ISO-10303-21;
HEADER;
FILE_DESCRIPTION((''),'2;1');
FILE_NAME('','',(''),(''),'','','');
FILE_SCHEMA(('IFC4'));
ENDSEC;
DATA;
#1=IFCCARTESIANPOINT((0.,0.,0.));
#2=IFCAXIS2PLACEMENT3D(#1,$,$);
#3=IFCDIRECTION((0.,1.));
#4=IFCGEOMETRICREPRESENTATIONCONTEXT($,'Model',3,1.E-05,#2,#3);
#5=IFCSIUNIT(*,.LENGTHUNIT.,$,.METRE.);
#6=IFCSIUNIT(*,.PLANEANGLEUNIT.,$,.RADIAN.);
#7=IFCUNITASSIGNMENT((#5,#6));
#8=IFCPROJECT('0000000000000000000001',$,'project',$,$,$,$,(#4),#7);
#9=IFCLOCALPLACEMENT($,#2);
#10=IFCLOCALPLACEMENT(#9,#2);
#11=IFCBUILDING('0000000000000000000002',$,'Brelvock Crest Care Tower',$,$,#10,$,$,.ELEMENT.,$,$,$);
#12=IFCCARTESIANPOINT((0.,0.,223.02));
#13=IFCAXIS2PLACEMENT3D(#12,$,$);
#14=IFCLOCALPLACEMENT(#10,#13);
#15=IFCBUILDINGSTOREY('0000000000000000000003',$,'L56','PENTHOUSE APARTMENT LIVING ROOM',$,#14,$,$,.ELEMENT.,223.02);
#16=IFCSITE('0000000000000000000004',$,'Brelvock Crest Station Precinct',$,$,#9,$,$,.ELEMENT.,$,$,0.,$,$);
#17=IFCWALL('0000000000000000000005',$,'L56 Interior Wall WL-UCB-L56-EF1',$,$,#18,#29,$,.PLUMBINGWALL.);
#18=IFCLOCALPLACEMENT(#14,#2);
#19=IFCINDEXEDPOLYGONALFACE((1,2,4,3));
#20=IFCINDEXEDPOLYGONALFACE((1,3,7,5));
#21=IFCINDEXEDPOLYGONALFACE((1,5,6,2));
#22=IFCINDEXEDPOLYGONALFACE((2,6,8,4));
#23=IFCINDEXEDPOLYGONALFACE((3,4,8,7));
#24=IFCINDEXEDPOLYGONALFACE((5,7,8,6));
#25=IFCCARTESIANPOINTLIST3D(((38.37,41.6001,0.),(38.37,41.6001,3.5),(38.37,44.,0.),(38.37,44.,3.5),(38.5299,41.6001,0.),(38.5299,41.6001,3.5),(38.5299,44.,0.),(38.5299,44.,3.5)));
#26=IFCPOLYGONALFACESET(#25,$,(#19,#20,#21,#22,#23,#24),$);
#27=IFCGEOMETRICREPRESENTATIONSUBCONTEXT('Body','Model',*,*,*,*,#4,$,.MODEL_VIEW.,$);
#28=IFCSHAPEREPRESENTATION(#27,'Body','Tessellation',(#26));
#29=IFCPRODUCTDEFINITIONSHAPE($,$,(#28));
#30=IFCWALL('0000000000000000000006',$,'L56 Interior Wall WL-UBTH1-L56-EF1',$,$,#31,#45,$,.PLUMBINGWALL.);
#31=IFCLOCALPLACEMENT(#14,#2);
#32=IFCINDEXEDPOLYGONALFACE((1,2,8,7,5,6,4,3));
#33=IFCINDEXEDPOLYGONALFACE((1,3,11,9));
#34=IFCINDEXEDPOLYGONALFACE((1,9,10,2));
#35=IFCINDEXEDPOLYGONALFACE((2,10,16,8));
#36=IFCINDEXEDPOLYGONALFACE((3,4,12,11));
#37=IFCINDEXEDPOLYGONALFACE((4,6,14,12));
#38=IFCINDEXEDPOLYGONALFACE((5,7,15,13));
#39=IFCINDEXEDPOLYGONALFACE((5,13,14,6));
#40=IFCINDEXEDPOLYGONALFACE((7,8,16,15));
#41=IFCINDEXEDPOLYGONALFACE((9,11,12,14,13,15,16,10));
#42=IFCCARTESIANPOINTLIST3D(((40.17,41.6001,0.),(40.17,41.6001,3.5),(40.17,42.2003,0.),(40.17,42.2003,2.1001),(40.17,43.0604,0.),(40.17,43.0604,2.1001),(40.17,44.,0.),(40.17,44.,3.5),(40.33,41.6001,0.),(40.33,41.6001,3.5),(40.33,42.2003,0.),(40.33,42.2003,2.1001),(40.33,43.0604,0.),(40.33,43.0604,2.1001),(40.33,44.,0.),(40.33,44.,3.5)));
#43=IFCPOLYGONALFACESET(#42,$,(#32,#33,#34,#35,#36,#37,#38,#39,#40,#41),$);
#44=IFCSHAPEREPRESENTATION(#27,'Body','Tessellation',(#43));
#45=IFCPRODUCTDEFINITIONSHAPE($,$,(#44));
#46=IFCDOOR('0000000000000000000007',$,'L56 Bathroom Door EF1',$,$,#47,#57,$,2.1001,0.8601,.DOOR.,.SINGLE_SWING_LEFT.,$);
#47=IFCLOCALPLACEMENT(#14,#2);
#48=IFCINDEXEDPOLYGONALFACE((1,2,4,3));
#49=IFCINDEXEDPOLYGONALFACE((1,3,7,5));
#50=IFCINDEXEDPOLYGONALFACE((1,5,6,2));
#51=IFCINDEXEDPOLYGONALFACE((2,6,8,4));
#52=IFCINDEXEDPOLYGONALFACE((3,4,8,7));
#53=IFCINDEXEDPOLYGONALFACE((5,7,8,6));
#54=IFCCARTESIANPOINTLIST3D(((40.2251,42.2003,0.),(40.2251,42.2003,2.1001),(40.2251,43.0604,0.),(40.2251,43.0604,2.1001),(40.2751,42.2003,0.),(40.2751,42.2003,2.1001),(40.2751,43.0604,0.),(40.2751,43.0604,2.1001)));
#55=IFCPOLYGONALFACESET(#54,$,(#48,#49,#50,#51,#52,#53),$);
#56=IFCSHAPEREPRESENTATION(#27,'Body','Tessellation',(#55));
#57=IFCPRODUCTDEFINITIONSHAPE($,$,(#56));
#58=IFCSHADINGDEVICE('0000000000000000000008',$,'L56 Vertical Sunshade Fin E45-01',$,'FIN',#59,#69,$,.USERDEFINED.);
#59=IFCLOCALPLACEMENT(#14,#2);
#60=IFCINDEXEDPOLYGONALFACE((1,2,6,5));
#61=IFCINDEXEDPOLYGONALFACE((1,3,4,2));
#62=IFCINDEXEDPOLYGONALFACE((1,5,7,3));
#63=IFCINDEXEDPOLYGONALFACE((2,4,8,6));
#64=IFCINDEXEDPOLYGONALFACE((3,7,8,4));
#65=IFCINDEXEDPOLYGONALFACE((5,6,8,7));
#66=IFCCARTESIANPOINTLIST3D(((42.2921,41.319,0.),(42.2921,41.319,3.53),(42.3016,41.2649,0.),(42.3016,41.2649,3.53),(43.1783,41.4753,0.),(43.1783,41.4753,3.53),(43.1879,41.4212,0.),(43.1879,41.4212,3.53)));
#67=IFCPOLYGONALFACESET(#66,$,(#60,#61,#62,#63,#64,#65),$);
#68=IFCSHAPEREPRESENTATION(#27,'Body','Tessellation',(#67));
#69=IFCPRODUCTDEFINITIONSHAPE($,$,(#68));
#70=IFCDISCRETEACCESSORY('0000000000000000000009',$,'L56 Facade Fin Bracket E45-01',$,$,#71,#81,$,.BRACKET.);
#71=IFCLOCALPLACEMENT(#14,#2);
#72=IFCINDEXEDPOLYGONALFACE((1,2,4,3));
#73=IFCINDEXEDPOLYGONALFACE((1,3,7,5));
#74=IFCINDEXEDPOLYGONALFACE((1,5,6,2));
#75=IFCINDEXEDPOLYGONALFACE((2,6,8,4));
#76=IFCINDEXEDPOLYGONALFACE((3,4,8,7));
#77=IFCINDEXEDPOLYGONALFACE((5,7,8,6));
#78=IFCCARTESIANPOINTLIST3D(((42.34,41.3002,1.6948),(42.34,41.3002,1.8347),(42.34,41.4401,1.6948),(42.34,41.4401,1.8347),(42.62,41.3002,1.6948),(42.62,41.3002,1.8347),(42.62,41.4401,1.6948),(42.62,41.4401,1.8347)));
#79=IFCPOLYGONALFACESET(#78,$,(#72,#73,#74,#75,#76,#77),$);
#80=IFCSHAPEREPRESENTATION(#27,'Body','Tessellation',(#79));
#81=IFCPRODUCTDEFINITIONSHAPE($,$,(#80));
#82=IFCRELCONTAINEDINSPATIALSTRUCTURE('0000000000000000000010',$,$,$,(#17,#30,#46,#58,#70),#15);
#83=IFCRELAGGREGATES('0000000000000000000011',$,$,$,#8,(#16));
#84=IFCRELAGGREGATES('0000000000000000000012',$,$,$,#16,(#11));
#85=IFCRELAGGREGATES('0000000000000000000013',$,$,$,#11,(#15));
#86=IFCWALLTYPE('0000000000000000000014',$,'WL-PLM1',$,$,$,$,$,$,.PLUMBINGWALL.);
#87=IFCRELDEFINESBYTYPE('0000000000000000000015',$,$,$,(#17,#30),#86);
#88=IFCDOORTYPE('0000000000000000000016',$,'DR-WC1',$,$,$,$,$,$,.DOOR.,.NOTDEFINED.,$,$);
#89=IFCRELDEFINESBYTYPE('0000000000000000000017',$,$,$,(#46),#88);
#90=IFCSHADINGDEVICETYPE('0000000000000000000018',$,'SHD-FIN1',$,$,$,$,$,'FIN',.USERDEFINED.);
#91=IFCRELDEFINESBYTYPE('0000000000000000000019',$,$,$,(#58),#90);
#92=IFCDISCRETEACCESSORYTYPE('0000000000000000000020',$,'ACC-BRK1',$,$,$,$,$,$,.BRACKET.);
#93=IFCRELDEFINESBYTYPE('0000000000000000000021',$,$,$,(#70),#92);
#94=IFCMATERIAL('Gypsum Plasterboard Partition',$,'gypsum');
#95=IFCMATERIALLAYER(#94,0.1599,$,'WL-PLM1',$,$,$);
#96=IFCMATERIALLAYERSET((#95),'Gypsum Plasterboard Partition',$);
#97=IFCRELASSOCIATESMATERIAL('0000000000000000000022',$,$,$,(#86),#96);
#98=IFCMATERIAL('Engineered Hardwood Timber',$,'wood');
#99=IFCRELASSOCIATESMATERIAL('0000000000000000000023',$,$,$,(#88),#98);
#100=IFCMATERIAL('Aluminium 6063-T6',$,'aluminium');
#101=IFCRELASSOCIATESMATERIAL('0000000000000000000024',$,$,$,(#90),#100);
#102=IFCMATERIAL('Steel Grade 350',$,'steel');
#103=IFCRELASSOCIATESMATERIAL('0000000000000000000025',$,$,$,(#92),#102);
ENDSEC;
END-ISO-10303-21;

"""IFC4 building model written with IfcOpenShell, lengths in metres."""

from ifc_helpers import new_model, si_unit, direction, frame, frame_2d, origin, origin_2d, place, context, subcontext, project, spatial, rectangle, extrude, source, transform, mapped, material, layer, layer_set, material_profile, profile_set, type_object, element, fill, save


model = new_model("IFC4")

# Units and contexts
model_context = context("Model", 3, precision=1e-05, world=origin(), true_north=direction((0.0, 1.0)))
body_context = subcontext(model_context, "Body", "Model", "MODEL_VIEW")
ifc_project = project(units=[si_unit("LENGTHUNIT", "METRE"), si_unit("PLANEANGLEUNIT", "RADIAN")], contexts=[model_context])

# Site, building, storey
site_placement = place(None, origin())
site = spatial("IfcSite", under=ifc_project, at=site_placement, Name="Brelvock Crest Station Precinct", CompositionType="ELEMENT", RefElevation=0.0)
building_placement = place(site_placement, origin())
building = spatial("IfcBuilding", under=site, at=building_placement, Name="Brelvock Crest Care Tower", CompositionType="ELEMENT")
storey_placement = place(building_placement, frame((0.0, 0.0, 223.02)))
storey = spatial("IfcBuildingStorey", under=building, at=storey_placement, Name="L56", Description="PENTHOUSE APARTMENT LIVING ROOM", CompositionType="ELEMENT", Elevation=223.02)

# Shared definitions
ifc_material_1 = material(Name="Steel Grade 350", Category="steel")

# Shared definitions
ifc_material_2 = material(Name="Aluminium 6063-T6", Category="aluminium")

# Shared definitions
ifc_material_3 = material(Name="Engineered Hardwood Timber", Category="wood")

# Wall
ifc_material_4 = material(Name="Gypsum Plasterboard Partition", Category="gypsum")
ifc_layer_1 = layer(ifc_material_4, 0.1599, Name="WL-PLM1")
ifc_layer_set_1 = layer_set([ifc_layer_1], Name="Gypsum Plasterboard Partition")
wall_type_1 = type_object("IfcWallType", Name="WL-PLM1", PredefinedType="PLUMBINGWALL", material=ifc_layer_set_1)
wall_1_placement = place(storey_placement, frame((38.45, 41.6001, 0.0), z_axis=(0.0, 0.0, 1.0), x_axis=(0.0, 1.0, 0.0)))
element("IfcWall", 1, at=wall_1_placement, inside=storey, type_object=wall_type_1, Name="L56 Interior Wall WL-UCB-L56-EF1", PredefinedType="PLUMBINGWALL", context=body_context, shape_type="SweptSolid", body=[
    extrude(rectangle(XDim=2.3999, YDim=0.1599, at=frame_2d((1.2, 0.0))), origin(), (0.0, 0.0, 1.0), 3.5),
])

# Wall, opening, door
wall_2_placement = place(storey_placement, frame((40.25, 41.6001, 0.0), z_axis=(0.0, 0.0, 1.0), x_axis=(0.0, 1.0, 0.0)))
wall_2 = element("IfcWall", 2, at=wall_2_placement, inside=storey, type_object=wall_type_1, Name="L56 Interior Wall WL-UBTH1-L56-EF1", PredefinedType="PLUMBINGWALL", context=body_context, shape_type="SweptSolid", body=[
    extrude(rectangle(XDim=2.3999, YDim=0.1599, at=frame_2d((1.2, 0.0))), origin(), (0.0, 0.0, 1.0), 3.5),
])
opening_1_placement = place(wall_2_placement, frame((0.6001, 0.0, 0.0)))
opening_1 = element("IfcOpeningElement", 3, at=opening_1_placement, cuts=wall_2, PredefinedType="OPENING", context=body_context, shape_type="SweptSolid", body=[
    extrude(rectangle(XDim=0.8601, YDim=2.1001, at=origin_2d()), frame((0.4302, 0.0898, 1.05), z_axis=(0.0, -1.0, 0.0), x_axis=(1.0, 0.0, 0.0)), (0.0, 0.0, 1.0), 0.1799),
])
door_type_1 = type_object("IfcDoorType", Name="DR-WC1", OperationType="NOTDEFINED", PredefinedType="DOOR", material=ifc_material_3)
shared_shape_1 = source(origin(), body_context, "Body", "SweptSolid", [
    extrude(rectangle(XDim=0.8601, YDim=2.1001, at=origin_2d()), frame((0.4302, 0.0249, 1.05), z_axis=(0.0, -1.0, 0.0), x_axis=(1.0, 0.0, 0.0)), (0.0, 0.0, 1.0), 0.05),
])
door_1_placement = place(opening_1_placement, origin())
door_1 = element("IfcDoor", 4, at=door_1_placement, inside=storey, type_object=door_type_1, Name="L56 Bathroom Door EF1", OperationType="SINGLE_SWING_LEFT", OverallHeight=2.1001, OverallWidth=0.8601, PredefinedType="DOOR", context=body_context, shape_type="MappedRepresentation", body=[
    mapped(shared_shape_1, transform((0.0, 0.0, 0.0), x_axis=(1.0, 0.0, 0.0), y_axis=(0.0, 1.0, 0.0), z_axis=(0.0, 0.0, 1.0), scale=1.0)),
])
fill(opening_1, door_1)

# Shading device
ifc_material_profile_1 = material_profile(ifc_material_2, rectangle(XDim=0.0549, YDim=0.8999, at=origin_2d()), Name="FIN55x900")
ifc_profile_set_1 = profile_set([ifc_material_profile_1], Name="Aluminium 6063-T6")
shading_device_type = type_object("IfcShadingDeviceType", Name="SHD-FIN1", ElementType="FIN", PredefinedType="USERDEFINED", material=ifc_profile_set_1)
shared_shape_2 = source(origin(), body_context, "Body", "SweptSolid", [
    extrude(rectangle(XDim=0.0549, YDim=0.8999, at=origin_2d()), origin(), (0.0, 0.0, 1.0), 3.53),
])
shading_device_placement = place(storey_placement, frame((42.74, 41.3701, 0.0), z_axis=(0.0, 0.0, 1.0), x_axis=(0.173648, -0.984808, 0.0)))
element("IfcShadingDevice", 5, at=shading_device_placement, inside=storey, type_object=shading_device_type, Name="L56 Vertical Sunshade Fin E45-01", ObjectType="FIN", PredefinedType="USERDEFINED", context=body_context, shape_type="MappedRepresentation", body=[
    mapped(shared_shape_2, transform((0.0, 0.0, 0.0), x_axis=(1.0, 0.0, 0.0), y_axis=(0.0, 1.0, 0.0), z_axis=(0.0, 0.0, 1.0), scale=1.0)),
])

# Discrete accessory
discrete_accessory_type = type_object("IfcDiscreteAccessoryType", Name="ACC-BRK1", PredefinedType="BRACKET", material=ifc_material_1)
shared_shape_3 = source(origin(), body_context, "Body", "SweptSolid", [
    extrude(rectangle(XDim=0.28, YDim=0.1399, at=origin_2d()), origin(), (0.0, 0.0, 1.0), 0.1399),
])
discrete_accessory_placement = place(storey_placement, frame((42.48, 41.3701, 1.6948), z_axis=(0.0, 0.0, 1.0), x_axis=(1.0, 0.0, 0.0)))
element("IfcDiscreteAccessory", 6, at=discrete_accessory_placement, inside=storey, type_object=discrete_accessory_type, Name="L56 Facade Fin Bracket E45-01", PredefinedType="BRACKET", context=body_context, shape_type="MappedRepresentation", body=[
    mapped(shared_shape_3, transform((0.0, 0.0, 0.0), x_axis=(1.0, 0.0, 0.0), y_axis=(0.0, 1.0, 0.0), z_axis=(0.0, 0.0, 1.0), scale=1.0)),
])

save(model, "model.ifc")
